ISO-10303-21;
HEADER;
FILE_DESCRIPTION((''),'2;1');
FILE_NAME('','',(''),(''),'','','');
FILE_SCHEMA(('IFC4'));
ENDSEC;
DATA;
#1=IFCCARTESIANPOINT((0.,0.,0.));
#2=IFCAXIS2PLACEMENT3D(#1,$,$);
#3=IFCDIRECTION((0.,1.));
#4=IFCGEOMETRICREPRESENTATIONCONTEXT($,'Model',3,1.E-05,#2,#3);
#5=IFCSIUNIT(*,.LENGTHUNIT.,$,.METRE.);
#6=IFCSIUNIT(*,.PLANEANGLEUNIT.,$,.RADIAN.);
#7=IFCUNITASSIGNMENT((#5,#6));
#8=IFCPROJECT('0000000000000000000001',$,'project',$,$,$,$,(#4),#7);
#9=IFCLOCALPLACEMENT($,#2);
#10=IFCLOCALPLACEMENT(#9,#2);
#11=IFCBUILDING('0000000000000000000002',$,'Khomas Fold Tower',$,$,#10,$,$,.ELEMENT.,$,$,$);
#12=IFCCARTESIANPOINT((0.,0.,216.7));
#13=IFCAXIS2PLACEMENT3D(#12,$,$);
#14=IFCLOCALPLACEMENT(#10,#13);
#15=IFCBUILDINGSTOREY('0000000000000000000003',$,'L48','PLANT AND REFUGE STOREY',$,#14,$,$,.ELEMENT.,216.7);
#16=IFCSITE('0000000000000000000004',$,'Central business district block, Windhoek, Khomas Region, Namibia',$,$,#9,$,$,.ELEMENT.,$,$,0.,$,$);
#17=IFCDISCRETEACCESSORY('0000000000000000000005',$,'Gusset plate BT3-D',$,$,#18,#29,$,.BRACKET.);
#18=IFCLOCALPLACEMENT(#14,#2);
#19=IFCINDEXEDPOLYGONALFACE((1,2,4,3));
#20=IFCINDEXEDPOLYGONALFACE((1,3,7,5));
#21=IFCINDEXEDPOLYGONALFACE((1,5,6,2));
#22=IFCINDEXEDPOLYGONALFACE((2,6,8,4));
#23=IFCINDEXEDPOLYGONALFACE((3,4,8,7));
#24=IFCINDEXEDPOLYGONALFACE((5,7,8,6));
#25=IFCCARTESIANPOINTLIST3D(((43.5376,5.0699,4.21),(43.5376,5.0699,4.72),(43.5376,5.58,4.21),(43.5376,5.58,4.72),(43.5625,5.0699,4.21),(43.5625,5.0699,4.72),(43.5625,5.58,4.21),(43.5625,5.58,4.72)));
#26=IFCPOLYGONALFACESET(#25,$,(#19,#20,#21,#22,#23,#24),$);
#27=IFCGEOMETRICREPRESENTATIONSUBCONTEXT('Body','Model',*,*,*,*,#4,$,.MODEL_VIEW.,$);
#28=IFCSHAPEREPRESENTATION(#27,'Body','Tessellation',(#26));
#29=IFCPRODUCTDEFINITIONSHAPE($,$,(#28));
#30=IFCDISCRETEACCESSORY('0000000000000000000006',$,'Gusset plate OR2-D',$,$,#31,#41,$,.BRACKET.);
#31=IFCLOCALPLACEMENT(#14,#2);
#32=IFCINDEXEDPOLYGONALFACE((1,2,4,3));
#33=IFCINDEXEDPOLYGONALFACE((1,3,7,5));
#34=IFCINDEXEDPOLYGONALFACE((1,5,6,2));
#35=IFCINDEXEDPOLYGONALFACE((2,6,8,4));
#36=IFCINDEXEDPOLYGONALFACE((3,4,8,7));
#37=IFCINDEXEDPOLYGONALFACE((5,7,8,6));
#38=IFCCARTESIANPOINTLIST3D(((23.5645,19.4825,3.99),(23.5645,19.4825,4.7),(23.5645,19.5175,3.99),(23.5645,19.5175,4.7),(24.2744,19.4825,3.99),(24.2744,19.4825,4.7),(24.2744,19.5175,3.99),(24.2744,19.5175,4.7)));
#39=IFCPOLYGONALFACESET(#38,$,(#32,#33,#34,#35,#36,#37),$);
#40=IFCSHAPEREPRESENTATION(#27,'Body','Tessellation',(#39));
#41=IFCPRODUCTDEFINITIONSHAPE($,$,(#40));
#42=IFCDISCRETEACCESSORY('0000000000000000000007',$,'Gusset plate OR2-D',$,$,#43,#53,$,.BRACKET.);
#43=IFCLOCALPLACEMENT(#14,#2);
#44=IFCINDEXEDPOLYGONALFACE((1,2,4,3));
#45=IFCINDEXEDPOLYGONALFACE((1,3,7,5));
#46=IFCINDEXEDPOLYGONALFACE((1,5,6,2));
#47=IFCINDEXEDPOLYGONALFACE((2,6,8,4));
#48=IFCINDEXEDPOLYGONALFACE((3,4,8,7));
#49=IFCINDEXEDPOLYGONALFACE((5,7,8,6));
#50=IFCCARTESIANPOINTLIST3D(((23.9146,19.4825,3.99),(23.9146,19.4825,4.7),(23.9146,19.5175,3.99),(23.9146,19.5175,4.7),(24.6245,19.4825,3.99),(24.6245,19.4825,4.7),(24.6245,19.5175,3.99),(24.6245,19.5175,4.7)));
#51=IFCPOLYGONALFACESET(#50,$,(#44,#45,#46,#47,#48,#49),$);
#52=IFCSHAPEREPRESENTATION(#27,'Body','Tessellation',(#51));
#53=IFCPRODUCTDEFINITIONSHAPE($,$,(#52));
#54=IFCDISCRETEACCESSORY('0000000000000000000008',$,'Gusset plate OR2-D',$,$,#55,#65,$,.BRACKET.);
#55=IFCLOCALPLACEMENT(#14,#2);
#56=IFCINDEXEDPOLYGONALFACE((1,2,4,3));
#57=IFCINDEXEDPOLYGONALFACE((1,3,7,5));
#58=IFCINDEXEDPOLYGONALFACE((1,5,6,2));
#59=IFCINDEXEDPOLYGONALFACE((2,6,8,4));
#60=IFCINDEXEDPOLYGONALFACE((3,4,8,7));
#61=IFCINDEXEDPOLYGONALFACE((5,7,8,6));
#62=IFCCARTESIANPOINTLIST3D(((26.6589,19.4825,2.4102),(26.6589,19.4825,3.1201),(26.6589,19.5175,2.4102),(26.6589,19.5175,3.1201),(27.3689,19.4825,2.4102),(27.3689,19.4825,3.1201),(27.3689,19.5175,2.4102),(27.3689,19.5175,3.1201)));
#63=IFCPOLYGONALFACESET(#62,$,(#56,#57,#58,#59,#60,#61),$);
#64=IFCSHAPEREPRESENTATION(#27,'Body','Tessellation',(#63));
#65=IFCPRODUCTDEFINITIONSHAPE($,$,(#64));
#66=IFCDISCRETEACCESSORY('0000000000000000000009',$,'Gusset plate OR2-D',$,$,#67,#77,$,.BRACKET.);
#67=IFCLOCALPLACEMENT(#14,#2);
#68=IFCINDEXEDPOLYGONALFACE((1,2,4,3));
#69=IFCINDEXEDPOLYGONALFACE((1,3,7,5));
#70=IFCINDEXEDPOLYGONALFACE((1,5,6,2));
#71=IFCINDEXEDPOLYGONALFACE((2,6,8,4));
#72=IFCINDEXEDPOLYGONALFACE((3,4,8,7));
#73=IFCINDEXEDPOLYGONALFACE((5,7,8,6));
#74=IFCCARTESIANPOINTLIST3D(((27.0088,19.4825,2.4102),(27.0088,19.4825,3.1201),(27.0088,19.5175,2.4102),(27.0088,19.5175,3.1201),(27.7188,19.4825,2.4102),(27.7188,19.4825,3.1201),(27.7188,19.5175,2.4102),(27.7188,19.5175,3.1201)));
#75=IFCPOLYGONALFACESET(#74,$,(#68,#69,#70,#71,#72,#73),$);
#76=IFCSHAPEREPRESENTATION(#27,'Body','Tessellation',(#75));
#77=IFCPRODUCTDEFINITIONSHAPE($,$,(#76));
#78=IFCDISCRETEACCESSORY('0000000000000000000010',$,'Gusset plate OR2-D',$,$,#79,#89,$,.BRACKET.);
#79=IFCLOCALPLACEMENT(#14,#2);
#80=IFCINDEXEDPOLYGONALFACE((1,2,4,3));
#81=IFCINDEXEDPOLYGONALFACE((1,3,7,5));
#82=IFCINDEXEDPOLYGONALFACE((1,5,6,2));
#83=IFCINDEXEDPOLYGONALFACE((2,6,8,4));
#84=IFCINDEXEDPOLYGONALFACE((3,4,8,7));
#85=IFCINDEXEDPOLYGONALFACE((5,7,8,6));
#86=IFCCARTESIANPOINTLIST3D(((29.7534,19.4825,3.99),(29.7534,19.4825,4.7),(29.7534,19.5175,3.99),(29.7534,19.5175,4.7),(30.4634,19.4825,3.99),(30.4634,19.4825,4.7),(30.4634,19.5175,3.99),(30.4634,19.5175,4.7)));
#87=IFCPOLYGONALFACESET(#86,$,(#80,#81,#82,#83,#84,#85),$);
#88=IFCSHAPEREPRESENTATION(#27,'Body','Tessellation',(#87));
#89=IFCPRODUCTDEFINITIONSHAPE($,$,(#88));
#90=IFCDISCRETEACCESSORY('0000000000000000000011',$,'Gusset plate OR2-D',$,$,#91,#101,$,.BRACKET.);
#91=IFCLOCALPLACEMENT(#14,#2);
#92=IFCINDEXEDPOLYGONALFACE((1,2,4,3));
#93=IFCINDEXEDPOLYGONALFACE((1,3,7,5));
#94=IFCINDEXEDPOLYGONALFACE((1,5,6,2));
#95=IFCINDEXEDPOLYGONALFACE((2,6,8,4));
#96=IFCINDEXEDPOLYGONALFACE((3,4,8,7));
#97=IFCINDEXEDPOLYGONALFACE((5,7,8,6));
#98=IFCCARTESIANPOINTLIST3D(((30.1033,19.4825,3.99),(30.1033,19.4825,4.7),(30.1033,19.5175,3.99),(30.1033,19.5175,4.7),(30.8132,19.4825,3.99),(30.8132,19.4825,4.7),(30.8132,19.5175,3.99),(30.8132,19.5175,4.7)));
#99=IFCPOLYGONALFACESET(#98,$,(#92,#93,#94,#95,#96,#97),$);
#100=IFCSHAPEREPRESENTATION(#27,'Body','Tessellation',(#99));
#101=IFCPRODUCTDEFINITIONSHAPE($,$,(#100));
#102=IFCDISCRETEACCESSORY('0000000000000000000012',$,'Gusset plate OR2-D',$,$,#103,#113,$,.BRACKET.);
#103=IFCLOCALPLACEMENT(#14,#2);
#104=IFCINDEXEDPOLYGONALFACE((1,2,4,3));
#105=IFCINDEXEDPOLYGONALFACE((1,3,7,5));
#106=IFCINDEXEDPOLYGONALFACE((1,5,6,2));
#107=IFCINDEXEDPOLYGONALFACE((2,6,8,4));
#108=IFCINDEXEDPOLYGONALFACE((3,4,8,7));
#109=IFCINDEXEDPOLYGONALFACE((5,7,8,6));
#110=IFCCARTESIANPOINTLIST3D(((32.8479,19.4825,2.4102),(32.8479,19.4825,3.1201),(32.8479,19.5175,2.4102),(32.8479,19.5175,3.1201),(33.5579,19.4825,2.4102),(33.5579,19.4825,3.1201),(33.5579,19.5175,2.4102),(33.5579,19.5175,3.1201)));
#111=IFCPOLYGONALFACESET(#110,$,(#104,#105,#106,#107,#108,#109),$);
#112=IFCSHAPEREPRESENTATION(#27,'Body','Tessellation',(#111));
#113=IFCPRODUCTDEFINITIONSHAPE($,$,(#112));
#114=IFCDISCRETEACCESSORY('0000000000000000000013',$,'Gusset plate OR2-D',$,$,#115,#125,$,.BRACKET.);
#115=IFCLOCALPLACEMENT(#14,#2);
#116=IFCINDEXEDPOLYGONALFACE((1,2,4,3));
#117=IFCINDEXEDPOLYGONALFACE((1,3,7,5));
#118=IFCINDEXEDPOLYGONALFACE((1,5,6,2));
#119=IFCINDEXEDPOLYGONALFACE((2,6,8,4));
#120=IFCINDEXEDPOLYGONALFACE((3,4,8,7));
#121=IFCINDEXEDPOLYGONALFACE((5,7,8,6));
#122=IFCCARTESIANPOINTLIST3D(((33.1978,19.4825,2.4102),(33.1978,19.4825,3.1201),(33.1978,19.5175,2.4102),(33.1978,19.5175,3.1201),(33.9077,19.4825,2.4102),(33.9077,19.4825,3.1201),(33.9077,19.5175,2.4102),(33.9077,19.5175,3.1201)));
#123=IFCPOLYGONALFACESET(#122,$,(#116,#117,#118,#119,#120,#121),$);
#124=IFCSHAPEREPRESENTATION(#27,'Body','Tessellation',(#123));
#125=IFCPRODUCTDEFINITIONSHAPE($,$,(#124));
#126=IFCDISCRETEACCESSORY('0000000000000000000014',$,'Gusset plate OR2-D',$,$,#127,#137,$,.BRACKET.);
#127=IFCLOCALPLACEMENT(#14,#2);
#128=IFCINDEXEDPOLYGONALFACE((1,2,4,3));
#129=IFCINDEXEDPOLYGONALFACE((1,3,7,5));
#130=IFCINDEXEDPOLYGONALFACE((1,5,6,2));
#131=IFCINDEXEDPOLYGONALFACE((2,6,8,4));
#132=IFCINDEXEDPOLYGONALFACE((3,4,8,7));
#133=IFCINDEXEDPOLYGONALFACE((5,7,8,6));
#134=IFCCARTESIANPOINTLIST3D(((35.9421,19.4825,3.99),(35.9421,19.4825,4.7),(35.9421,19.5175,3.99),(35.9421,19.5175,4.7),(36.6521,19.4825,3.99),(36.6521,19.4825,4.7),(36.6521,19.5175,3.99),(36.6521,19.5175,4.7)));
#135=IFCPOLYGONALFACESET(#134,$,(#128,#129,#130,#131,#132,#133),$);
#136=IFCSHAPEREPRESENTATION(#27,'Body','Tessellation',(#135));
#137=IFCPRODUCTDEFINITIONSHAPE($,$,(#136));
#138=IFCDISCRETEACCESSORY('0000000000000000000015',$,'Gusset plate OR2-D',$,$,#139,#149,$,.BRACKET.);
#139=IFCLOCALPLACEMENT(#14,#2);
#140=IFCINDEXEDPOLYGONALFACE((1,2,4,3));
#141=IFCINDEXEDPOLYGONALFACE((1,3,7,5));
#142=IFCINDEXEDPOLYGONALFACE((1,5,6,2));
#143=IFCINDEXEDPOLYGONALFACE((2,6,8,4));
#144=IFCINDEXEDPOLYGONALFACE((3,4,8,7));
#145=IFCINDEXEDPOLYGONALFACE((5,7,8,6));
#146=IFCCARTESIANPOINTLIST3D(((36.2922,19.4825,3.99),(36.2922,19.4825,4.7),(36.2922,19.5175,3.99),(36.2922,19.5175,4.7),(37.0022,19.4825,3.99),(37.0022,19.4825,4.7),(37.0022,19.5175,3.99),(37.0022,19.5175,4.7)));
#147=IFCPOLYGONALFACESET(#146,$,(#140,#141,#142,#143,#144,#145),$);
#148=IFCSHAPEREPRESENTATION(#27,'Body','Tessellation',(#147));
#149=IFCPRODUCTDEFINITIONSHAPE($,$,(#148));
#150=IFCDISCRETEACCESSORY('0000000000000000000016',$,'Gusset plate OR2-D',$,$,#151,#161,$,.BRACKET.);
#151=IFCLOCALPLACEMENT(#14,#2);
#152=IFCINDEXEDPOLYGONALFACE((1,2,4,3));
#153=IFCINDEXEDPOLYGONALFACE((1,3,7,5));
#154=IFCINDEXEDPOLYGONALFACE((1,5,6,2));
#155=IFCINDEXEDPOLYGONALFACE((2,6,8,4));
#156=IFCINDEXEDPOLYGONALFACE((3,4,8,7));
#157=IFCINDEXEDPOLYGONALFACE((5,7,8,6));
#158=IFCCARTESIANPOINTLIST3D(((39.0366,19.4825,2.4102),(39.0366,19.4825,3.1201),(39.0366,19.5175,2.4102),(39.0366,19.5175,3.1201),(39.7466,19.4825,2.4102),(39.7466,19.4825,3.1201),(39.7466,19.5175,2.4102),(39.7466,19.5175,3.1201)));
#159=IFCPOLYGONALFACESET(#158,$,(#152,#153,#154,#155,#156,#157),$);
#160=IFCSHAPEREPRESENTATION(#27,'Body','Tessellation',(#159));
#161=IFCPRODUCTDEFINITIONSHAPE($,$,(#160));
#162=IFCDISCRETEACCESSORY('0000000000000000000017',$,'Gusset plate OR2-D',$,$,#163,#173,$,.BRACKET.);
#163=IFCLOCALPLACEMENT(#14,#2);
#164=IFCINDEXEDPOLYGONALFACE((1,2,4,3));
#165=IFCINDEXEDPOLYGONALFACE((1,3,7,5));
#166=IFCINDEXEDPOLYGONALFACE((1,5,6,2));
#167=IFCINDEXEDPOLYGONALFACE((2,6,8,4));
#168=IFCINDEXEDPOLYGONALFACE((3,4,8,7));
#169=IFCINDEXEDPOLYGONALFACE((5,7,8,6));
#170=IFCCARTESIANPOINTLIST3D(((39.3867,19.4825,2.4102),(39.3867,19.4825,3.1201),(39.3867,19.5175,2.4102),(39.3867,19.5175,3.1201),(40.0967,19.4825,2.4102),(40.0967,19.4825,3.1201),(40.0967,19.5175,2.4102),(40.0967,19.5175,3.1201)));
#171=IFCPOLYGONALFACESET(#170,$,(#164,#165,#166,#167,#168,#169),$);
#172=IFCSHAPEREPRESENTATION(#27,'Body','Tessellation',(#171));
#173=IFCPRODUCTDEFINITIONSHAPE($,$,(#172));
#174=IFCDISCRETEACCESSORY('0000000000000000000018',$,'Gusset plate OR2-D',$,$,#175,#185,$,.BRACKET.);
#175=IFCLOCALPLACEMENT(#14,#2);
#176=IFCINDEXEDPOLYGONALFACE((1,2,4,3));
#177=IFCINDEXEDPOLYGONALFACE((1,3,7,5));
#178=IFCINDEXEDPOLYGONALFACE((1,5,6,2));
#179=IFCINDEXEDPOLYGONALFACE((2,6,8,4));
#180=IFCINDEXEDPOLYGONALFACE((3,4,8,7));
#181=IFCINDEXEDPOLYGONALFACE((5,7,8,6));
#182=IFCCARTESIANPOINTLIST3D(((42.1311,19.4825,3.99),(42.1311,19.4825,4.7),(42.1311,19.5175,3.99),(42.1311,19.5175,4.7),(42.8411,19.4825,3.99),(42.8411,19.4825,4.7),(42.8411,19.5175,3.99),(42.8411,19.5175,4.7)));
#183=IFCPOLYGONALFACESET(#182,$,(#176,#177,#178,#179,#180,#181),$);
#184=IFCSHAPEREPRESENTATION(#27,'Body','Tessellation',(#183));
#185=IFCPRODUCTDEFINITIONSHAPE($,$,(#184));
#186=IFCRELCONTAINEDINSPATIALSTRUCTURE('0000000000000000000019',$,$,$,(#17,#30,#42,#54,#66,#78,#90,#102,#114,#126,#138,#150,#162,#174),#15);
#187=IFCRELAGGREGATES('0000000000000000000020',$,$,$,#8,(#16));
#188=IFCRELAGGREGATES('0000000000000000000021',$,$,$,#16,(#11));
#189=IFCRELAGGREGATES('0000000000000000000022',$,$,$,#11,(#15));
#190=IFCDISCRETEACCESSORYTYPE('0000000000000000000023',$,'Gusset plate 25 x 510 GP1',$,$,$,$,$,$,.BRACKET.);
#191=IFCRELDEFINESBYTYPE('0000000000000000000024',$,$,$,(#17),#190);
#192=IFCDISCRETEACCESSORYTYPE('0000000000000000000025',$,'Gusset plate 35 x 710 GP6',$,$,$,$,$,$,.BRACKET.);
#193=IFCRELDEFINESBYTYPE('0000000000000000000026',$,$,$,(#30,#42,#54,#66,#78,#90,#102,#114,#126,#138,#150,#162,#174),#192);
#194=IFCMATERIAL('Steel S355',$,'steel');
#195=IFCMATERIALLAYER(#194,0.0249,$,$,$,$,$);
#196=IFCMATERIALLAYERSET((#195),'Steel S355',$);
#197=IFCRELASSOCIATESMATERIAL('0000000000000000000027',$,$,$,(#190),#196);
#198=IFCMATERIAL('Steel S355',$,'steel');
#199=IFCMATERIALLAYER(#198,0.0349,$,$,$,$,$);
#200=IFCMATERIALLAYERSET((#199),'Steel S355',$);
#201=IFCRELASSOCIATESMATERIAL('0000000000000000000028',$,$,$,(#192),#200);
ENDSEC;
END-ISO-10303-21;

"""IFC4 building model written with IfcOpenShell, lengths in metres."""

from ifc_helpers import new_model, si_unit, direction, frame, origin, origin_2d, place, context, subcontext, project, spatial, rectangle, extrude, source, transform, mapped, material, layer, layer_set, type_object, element, save


model = new_model("IFC4")

# Units and contexts
model_context = context("Model", 3, precision=1e-05, world=origin(), true_north=direction((0.0, 1.0)))
body_context = subcontext(model_context, "Body", "Model", "MODEL_VIEW")
ifc_project = project(units=[si_unit("LENGTHUNIT", "METRE"), si_unit("PLANEANGLEUNIT", "RADIAN")], contexts=[model_context])

# Site, building, storey
site_placement = place(None, origin())
site = spatial("IfcSite", under=ifc_project, at=site_placement, Name="Central business district block, Windhoek, Khomas Region, Namibia", CompositionType="ELEMENT", RefElevation=0.0)
building_placement = place(site_placement, origin())
building = spatial("IfcBuilding", under=site, at=building_placement, Name="Khomas Fold Tower", CompositionType="ELEMENT")
storey_placement = place(building_placement, frame((0.0, 0.0, 216.7)))
storey = spatial("IfcBuildingStorey", under=building, at=storey_placement, Name="L48", Description="PLANT AND REFUGE STOREY", CompositionType="ELEMENT", Elevation=216.7)

# Discrete accessories
ifc_material_1 = material(Name="Steel S355", Category="steel")
ifc_layer_1 = layer(ifc_material_1, 0.0249)
ifc_layer_set_1 = layer_set([ifc_layer_1], Name="Steel S355")
discrete_accessory_type_1 = type_object("IfcDiscreteAccessoryType", Name="Gusset plate 25 x 510 GP1", PredefinedType="BRACKET", material=ifc_layer_set_1)
shared_shape_1 = source(origin(), body_context, "Body", "SweptSolid", [
    extrude(rectangle(XDim=0.51, YDim=0.0249, at=origin_2d()), origin(), (0.0, 0.0, 1.0), 0.51),
])
discrete_accessory_placement = place(storey_placement, frame((43.55, 5.325, 4.21), z_axis=(0.0, 0.0, 1.0), x_axis=(0.0, 1.0, 0.0)))
element("IfcDiscreteAccessory", 1, at=discrete_accessory_placement, inside=storey, type_object=discrete_accessory_type_1, Name="Gusset plate BT3-D", PredefinedType="BRACKET", context=body_context, shape_type="MappedRepresentation", body=[
    mapped(shared_shape_1, transform((0.0, 0.0, 0.0))),
])
ifc_material_2 = material(Name="Steel S355", Category="steel")
ifc_layer_2 = layer(ifc_material_2, 0.0349)
ifc_layer_set_2 = layer_set([ifc_layer_2], Name="Steel S355")
discrete_accessory_type_2 = type_object("IfcDiscreteAccessoryType", Name="Gusset plate 35 x 710 GP6", PredefinedType="BRACKET", material=ifc_layer_set_2)
shared_shape_2 = source(origin(), body_context, "Body", "SweptSolid", [
    extrude(rectangle(XDim=0.71, YDim=0.0349, at=origin_2d()), origin(), (0.0, 0.0, 1.0), 0.71),
])
for number, where, z_axis, x_axis, name in (
    (2, (23.9194, 19.5, 3.99), (0.0, 0.0, 1.0), (1.0, 0.0, 0.0), "Gusset plate OR2-D"),
    (3, (24.2695, 19.5, 3.99), (0.0, 0.0, 1.0), (1.0, 0.0, 0.0), "Gusset plate OR2-D"),
    (4, (27.0139, 19.5, 2.4102), (0.0, 0.0, 1.0), (1.0, 0.0, 0.0), "Gusset plate OR2-D"),
    (5, (27.3638, 19.5, 2.4102), (0.0, 0.0, 1.0), (1.0, 0.0, 0.0), "Gusset plate OR2-D"),
    (6, (30.1084, 19.5, 3.99), (0.0, 0.0, 1.0), (1.0, 0.0, 0.0), "Gusset plate OR2-D"),
    (7, (30.4583, 19.5, 3.99), (0.0, 0.0, 1.0), (1.0, 0.0, 0.0), "Gusset plate OR2-D"),
    (8, (33.2029, 19.5, 2.4102), (0.0, 0.0, 1.0), (1.0, 0.0, 0.0), "Gusset plate OR2-D"),
    (9, (33.5527, 19.5, 2.4102), (0.0, 0.0, 1.0), (1.0, 0.0, 0.0), "Gusset plate OR2-D"),
    (10, (36.2971, 19.5, 3.99), (0.0, 0.0, 1.0), (1.0, 0.0, 0.0), "Gusset plate OR2-D"),
    (11, (36.6472, 19.5, 3.99), (0.0, 0.0, 1.0), (1.0, 0.0, 0.0), "Gusset plate OR2-D"),
    (12, (39.3916, 19.5, 2.4102), (0.0, 0.0, 1.0), (1.0, 0.0, 0.0), "Gusset plate OR2-D"),
    (13, (39.7417, 19.5, 2.4102), (0.0, 0.0, 1.0), (1.0, 0.0, 0.0), "Gusset plate OR2-D"),
    (14, (42.4861, 19.5, 3.99), (0.0, 0.0, 1.0), (1.0, 0.0, 0.0), "Gusset plate OR2-D"),
):
    element("IfcDiscreteAccessory", number, at=place(storey_placement, frame(where, z_axis=z_axis, x_axis=x_axis)), inside=storey, type_object=discrete_accessory_type_2, Name=name, PredefinedType="BRACKET", context=body_context, shape_type="MappedRepresentation", body=[
        mapped(shared_shape_2, transform((0.0, 0.0, 0.0))),
    ])

save(model, "model.ifc")
